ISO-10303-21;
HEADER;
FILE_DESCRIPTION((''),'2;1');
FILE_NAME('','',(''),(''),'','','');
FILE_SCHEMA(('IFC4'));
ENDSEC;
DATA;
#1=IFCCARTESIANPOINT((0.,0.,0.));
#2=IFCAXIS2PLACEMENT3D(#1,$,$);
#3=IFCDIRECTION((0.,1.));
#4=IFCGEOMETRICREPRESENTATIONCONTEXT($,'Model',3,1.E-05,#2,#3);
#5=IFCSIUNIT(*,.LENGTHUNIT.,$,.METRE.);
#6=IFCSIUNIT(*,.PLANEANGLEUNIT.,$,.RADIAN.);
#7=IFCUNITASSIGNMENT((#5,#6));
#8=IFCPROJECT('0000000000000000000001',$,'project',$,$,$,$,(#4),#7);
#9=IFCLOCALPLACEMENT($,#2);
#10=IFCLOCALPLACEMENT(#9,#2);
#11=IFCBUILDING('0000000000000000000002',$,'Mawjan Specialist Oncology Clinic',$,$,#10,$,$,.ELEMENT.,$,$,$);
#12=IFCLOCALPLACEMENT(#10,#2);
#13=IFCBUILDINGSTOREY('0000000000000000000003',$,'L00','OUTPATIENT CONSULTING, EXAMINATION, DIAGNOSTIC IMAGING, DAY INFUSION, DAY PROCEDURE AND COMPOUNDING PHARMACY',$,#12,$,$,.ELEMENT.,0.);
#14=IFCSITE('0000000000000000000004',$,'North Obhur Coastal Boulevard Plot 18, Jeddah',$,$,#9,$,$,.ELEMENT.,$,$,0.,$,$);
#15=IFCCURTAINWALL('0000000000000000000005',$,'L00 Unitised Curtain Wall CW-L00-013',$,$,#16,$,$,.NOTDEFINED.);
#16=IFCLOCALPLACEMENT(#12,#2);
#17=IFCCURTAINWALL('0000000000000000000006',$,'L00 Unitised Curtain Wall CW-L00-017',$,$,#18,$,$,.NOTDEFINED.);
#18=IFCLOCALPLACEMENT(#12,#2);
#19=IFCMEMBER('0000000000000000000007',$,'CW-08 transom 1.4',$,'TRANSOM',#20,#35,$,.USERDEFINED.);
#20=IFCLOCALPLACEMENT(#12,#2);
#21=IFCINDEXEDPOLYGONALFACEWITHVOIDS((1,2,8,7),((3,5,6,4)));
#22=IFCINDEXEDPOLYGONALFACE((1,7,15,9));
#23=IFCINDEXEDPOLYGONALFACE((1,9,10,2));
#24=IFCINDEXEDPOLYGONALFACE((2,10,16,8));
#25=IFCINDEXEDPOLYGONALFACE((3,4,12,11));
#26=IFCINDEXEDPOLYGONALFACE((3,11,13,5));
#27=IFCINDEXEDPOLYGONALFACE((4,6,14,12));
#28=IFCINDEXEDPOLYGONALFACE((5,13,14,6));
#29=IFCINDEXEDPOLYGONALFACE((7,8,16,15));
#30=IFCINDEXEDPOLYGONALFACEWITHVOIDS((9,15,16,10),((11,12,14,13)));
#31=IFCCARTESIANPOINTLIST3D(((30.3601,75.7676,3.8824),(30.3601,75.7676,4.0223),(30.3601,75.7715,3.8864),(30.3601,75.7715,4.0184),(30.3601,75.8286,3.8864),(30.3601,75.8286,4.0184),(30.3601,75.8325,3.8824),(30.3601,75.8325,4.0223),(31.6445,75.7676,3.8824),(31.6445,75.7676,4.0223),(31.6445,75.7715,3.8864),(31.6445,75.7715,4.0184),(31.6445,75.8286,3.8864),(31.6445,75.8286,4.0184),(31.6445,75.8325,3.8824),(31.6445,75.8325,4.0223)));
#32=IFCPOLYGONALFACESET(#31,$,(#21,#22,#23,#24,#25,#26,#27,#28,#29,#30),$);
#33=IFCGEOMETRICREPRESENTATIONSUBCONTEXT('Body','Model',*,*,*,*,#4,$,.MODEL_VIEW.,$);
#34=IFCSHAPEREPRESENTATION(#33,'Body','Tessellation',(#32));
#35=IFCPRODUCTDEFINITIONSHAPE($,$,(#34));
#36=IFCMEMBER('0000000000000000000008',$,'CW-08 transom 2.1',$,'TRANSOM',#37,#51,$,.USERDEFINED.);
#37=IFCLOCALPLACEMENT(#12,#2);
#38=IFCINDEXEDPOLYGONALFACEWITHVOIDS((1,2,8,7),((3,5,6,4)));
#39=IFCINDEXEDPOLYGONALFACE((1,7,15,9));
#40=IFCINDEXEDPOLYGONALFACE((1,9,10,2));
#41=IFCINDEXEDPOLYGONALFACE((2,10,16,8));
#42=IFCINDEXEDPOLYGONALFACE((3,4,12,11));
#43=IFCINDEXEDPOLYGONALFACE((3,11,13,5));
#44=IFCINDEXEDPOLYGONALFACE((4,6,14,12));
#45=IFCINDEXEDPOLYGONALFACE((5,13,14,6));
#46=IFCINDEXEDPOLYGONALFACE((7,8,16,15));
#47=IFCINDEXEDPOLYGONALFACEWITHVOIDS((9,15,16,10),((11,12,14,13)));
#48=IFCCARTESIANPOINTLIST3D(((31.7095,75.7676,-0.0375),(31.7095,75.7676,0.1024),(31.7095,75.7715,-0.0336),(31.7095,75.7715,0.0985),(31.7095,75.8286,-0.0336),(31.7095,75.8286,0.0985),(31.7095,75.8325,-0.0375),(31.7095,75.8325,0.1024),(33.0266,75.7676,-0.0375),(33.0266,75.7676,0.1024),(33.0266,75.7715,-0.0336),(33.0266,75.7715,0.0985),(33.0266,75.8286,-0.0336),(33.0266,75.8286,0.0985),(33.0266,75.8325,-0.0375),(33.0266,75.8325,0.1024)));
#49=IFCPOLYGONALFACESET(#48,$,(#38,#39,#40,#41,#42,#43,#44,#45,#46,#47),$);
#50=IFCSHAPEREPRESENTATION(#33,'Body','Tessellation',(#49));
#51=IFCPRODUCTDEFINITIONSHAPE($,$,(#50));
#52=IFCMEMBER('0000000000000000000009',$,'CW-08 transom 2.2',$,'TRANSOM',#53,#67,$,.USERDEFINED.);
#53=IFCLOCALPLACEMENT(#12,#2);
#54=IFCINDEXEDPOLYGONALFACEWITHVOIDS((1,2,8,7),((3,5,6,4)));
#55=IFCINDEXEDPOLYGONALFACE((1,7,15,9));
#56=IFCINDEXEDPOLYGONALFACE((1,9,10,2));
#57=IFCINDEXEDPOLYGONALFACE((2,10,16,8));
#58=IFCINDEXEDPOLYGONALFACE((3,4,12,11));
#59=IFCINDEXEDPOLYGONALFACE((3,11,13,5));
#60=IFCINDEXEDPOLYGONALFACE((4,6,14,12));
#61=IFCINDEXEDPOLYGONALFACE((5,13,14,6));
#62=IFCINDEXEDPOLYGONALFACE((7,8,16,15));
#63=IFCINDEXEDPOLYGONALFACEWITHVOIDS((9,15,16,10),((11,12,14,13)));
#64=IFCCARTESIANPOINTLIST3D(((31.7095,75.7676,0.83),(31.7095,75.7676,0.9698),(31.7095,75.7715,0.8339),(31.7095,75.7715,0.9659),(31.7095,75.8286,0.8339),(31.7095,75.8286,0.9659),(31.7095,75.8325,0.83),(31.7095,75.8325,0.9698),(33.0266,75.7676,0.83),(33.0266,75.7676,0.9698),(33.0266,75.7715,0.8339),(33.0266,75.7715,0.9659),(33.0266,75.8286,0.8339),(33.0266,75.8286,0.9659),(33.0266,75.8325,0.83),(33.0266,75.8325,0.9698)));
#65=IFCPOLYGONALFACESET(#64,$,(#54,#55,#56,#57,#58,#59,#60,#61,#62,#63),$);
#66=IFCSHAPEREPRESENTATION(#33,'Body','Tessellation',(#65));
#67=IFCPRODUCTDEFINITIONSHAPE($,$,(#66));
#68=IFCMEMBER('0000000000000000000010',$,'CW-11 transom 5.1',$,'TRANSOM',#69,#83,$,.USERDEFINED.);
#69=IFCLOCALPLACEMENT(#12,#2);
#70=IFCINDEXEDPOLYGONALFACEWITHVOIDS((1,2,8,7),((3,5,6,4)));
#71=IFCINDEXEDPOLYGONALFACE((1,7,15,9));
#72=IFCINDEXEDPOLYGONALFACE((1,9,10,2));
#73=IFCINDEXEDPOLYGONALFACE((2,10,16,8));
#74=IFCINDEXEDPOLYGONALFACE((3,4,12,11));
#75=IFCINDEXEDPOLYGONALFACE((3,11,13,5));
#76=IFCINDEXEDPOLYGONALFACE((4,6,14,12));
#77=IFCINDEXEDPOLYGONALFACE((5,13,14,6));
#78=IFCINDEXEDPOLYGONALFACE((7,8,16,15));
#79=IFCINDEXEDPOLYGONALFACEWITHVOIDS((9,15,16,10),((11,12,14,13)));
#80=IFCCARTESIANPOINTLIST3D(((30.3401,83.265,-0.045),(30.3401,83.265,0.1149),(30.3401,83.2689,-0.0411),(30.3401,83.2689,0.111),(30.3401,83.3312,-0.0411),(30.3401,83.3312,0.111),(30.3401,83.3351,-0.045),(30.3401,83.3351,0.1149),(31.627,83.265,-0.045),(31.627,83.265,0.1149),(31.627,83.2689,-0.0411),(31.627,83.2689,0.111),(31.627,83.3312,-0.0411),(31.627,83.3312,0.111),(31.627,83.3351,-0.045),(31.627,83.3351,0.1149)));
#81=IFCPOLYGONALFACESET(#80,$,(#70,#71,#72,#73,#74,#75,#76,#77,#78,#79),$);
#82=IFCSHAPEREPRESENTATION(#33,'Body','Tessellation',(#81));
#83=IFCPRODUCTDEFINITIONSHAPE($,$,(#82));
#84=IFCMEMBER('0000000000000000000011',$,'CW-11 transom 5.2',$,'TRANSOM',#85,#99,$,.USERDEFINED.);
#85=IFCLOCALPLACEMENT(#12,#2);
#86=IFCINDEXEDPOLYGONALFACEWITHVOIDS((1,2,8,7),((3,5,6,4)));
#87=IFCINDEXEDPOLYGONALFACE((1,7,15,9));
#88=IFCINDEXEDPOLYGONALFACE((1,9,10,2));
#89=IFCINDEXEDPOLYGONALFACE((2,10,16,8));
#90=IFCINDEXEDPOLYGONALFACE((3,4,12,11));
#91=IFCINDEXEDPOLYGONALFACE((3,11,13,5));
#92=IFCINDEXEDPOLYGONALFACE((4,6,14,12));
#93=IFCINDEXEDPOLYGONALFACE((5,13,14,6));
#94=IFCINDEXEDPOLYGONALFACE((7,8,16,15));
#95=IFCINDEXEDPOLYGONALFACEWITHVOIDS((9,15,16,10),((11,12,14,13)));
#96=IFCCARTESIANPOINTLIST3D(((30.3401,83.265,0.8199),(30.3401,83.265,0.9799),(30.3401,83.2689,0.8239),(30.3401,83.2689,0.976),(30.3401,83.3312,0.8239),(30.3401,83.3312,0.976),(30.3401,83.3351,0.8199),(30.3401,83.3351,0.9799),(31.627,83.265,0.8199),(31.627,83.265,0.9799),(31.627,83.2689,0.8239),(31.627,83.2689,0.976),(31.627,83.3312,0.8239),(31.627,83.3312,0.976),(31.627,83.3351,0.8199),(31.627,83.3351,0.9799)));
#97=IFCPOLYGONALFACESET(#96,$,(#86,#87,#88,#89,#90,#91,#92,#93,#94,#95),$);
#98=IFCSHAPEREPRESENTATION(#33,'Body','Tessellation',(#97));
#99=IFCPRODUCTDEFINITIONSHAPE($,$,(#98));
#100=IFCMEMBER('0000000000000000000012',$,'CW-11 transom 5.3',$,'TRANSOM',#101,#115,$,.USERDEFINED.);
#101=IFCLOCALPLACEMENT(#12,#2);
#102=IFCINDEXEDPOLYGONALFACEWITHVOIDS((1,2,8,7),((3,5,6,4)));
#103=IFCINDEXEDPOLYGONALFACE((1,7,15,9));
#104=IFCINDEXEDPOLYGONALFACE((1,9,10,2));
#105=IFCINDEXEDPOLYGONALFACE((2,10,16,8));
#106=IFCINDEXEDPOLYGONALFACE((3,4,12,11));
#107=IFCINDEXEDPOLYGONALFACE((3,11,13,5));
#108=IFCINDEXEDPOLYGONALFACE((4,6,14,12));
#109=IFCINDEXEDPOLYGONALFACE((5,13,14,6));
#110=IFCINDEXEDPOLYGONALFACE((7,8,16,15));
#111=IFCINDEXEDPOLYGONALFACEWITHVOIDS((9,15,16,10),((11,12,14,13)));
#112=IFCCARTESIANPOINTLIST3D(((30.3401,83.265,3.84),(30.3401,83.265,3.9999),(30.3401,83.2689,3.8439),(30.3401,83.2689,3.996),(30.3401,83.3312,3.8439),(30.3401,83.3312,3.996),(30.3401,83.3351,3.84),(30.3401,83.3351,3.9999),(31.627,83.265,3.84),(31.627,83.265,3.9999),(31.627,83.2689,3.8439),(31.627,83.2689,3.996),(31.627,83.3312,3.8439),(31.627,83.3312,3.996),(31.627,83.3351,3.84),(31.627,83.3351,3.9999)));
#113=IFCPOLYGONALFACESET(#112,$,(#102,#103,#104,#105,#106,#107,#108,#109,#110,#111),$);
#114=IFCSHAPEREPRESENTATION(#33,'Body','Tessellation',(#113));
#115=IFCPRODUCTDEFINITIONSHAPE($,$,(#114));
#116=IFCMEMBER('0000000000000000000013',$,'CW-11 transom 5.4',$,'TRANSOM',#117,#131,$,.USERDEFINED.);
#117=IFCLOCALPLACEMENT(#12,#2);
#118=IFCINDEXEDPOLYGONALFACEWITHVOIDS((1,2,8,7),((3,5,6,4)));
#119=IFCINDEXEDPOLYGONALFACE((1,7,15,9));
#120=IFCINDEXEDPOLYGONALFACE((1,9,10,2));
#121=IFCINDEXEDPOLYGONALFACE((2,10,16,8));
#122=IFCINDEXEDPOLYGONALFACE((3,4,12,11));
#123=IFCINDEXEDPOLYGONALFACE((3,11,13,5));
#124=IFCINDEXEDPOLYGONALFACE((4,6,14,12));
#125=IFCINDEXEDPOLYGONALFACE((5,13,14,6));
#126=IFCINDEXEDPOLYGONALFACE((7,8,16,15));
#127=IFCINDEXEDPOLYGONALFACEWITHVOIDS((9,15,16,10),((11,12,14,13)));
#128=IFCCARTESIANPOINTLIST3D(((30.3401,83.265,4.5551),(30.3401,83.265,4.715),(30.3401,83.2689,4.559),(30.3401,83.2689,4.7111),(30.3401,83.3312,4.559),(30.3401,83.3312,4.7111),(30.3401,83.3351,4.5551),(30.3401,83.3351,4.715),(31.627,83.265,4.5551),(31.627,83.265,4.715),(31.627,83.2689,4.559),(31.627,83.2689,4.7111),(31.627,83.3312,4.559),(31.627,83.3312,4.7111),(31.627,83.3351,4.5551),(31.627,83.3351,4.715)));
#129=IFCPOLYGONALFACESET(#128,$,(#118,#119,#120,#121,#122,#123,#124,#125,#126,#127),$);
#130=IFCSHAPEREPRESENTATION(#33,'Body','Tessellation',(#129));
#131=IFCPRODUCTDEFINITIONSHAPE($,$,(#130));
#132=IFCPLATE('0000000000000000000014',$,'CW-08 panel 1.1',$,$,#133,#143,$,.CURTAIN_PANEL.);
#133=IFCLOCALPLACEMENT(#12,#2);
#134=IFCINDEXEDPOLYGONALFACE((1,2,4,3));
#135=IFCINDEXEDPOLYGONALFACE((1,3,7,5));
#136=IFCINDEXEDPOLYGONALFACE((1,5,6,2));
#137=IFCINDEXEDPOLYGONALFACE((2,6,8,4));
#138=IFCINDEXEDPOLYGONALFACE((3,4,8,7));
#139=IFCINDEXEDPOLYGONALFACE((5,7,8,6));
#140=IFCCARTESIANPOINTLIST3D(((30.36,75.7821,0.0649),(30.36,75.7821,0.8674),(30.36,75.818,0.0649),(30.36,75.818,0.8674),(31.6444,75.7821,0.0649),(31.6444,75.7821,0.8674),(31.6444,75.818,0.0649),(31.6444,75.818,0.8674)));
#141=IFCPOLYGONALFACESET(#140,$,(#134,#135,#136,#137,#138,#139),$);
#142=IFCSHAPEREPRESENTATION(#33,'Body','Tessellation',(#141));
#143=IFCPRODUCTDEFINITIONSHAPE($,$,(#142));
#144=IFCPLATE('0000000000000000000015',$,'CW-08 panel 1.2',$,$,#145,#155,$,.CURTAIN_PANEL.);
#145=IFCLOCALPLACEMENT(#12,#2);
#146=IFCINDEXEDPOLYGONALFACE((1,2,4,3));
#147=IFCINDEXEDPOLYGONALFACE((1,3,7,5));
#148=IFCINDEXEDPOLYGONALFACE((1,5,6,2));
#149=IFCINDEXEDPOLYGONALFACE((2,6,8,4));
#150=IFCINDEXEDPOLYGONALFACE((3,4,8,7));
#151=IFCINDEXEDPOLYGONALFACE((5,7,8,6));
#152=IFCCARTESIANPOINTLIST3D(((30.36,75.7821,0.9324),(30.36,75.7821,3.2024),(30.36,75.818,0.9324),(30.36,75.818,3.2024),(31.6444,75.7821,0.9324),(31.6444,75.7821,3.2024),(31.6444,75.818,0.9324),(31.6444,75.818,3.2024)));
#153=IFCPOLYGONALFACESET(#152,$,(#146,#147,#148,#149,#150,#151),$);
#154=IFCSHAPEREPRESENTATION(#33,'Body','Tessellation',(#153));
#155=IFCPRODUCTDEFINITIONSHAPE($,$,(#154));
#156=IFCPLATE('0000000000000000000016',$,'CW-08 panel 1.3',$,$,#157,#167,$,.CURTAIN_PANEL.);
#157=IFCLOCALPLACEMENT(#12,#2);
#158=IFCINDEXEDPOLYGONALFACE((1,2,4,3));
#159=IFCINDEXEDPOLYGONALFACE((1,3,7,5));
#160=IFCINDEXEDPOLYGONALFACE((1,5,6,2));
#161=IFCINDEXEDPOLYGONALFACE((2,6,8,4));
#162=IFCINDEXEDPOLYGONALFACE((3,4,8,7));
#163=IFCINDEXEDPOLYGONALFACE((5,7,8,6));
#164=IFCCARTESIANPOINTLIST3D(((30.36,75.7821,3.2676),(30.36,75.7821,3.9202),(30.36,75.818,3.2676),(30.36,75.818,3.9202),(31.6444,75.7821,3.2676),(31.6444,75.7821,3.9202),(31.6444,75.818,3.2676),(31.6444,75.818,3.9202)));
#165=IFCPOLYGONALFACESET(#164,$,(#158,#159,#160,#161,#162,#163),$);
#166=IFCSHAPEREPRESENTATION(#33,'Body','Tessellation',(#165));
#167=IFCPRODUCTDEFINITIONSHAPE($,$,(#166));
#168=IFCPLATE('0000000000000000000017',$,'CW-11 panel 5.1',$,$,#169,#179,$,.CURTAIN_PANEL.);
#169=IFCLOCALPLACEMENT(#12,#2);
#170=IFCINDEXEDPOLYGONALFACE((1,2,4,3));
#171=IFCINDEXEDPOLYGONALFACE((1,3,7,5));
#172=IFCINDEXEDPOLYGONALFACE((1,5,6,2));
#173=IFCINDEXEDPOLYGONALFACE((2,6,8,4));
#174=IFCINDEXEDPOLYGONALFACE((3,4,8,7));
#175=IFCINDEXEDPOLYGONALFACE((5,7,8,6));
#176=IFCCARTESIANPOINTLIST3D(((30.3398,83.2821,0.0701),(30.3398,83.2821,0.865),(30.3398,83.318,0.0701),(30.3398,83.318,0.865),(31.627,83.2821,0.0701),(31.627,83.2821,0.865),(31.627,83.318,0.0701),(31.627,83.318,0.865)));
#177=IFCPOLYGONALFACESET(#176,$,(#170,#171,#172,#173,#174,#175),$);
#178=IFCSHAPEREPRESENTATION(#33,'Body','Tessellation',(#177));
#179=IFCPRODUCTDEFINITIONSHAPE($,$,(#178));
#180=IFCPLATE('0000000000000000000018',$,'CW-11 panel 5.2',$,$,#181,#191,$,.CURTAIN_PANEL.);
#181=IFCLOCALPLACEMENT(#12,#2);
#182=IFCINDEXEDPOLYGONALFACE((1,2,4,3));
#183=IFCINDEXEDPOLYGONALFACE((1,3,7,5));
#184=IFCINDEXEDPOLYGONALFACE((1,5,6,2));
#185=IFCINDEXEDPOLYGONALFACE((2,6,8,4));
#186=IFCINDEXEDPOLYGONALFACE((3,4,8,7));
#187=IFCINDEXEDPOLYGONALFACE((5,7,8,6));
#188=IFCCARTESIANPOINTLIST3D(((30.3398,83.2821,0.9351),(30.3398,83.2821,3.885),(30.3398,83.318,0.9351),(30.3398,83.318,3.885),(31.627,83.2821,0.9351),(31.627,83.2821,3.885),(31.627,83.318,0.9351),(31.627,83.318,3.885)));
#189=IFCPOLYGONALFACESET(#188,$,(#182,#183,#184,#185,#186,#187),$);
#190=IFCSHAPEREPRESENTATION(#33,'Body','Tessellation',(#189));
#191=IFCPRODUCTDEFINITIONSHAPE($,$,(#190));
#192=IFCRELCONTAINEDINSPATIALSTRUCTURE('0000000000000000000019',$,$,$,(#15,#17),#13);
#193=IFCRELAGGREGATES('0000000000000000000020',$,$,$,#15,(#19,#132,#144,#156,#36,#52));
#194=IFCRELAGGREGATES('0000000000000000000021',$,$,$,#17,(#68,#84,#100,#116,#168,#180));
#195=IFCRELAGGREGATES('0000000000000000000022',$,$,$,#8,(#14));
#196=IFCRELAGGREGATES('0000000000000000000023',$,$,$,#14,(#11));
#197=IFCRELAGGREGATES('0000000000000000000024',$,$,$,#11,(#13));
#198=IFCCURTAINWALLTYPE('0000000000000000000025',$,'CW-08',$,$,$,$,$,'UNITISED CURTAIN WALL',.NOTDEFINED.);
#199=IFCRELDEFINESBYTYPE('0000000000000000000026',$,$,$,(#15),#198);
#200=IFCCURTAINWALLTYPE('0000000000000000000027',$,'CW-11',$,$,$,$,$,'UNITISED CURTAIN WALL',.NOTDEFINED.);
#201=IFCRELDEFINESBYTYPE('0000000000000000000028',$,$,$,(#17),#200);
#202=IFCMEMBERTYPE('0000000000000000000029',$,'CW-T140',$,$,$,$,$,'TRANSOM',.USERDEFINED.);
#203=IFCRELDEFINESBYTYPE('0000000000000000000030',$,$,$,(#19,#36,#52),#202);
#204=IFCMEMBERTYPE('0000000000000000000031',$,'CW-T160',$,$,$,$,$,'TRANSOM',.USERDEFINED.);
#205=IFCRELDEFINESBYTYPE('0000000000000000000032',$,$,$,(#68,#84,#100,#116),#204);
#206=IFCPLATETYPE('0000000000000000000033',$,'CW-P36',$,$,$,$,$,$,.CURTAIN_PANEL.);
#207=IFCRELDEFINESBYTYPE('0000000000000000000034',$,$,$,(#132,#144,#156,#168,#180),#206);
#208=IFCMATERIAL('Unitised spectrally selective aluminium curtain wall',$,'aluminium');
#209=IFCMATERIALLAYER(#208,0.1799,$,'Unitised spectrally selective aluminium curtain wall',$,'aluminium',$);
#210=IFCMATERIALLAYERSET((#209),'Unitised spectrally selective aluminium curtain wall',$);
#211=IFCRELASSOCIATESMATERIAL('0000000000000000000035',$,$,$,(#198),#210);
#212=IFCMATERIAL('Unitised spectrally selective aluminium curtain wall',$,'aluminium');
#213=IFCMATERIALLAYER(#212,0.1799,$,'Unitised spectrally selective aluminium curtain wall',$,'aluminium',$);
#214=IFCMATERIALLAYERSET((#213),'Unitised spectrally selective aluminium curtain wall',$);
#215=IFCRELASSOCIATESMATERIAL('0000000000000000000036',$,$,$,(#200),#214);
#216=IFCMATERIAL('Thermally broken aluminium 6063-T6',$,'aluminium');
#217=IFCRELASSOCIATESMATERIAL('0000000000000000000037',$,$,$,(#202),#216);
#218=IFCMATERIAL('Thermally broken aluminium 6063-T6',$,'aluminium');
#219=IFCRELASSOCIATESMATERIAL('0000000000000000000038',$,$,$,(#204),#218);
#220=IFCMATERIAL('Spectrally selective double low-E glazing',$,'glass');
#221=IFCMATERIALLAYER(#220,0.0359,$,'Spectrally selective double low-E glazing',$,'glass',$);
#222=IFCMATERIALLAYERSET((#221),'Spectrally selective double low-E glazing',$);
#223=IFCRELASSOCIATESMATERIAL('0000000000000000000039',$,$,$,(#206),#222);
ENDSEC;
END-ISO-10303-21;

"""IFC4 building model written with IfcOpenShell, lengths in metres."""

from ifc_helpers import new_model, si_unit, direction, frame, origin, origin_2d, place, context, subcontext, project, spatial, rectangle, hollow_rectangle, extrude, material, layer, layer_set, material_profile, profile_set, type_object, element, aggregate, save


model = new_model("IFC4")

# Units and contexts
model_context = context("Model", 3, precision=1e-05, world=origin(), true_north=direction((0.0, 1.0)))
body_context = subcontext(model_context, "Body", "Model", "MODEL_VIEW")
ifc_project = project(units=[si_unit("LENGTHUNIT", "METRE"), si_unit("PLANEANGLEUNIT", "RADIAN")], contexts=[model_context])

# Site, building, storey
site_placement = place(None, origin())
site = spatial("IfcSite", under=ifc_project, at=site_placement, Name="North Obhur Coastal Boulevard Plot 18, Jeddah", CompositionType="ELEMENT", RefElevation=0.0)
building_placement = place(site_placement, origin())
building = spatial("IfcBuilding", under=site, at=building_placement, Name="Mawjan Specialist Oncology Clinic", CompositionType="ELEMENT")
storey_placement = place(building_placement, origin())
storey = spatial("IfcBuildingStorey", under=building, at=storey_placement, Name="L00", Description="OUTPATIENT CONSULTING, EXAMINATION, DIAGNOSTIC IMAGING, DAY INFUSION, DAY PROCEDURE AND COMPOUNDING PHARMACY", CompositionType="ELEMENT", Elevation=0.0)

# Curtain walls
ifc_material_1 = material(Name="Unitised spectrally selective aluminium curtain wall", Category="aluminium")
ifc_layer_1 = layer(ifc_material_1, 0.1799, Name="Unitised spectrally selective aluminium curtain wall", Category="aluminium")
ifc_layer_set_1 = layer_set([ifc_layer_1], Name="Unitised spectrally selective aluminium curtain wall")
curtain_wall_type_1 = type_object("IfcCurtainWallType", Name="CW-08", ElementType="UNITISED CURTAIN WALL", PredefinedType="NOTDEFINED", material=ifc_layer_set_1)
curtain_wall_1_placement = place(storey_placement, origin())
curtain_wall_1 = element("IfcCurtainWall", 1, at=curtain_wall_1_placement, inside=storey, type_object=curtain_wall_type_1, Name="L00 Unitised Curtain Wall CW-L00-013", PredefinedType="NOTDEFINED")
ifc_material_2 = material(Name="Unitised spectrally selective aluminium curtain wall", Category="aluminium")
ifc_layer_2 = layer(ifc_material_2, 0.1799, Name="Unitised spectrally selective aluminium curtain wall", Category="aluminium")
ifc_layer_set_2 = layer_set([ifc_layer_2], Name="Unitised spectrally selective aluminium curtain wall")
curtain_wall_type_2 = type_object("IfcCurtainWallType", Name="CW-11", ElementType="UNITISED CURTAIN WALL", PredefinedType="NOTDEFINED", material=ifc_layer_set_2)
curtain_wall_2_placement = place(storey_placement, origin())
curtain_wall_2 = element("IfcCurtainWall", 2, at=curtain_wall_2_placement, inside=storey, type_object=curtain_wall_type_2, Name="L00 Unitised Curtain Wall CW-L00-017", PredefinedType="NOTDEFINED")

# Members
ifc_material_3 = material(Name="Thermally broken aluminium 6063-T6", Category="aluminium")
ifc_material_profile_1 = material_profile(ifc_material_3, hollow_rectangle(XDim=0.0649, YDim=0.1399, WallThickness=0.0039, at=origin_2d()), Name="ALU TRANSOM 140x65x4", Category="aluminium")
ifc_profile_set_1 = profile_set([ifc_material_profile_1], Name="Thermally broken aluminium 6063-T6")
member_type_1 = type_object("IfcMemberType", Name="CW-T140", ElementType="TRANSOM", PredefinedType="USERDEFINED", material=ifc_profile_set_1)
member_1_placement = place(storey_placement, frame((30.3601, 75.8, 3.9524), z_axis=(1.0, 0.0, 0.0), x_axis=(0.0, 1.0, 0.0)))
member_1 = element("IfcMember", 3, at=member_1_placement, type_object=member_type_1, Name="CW-08 transom 1.4", ObjectType="TRANSOM", PredefinedType="USERDEFINED", context=body_context, shape_type="SweptSolid", body=[
    extrude(hollow_rectangle(XDim=0.0649, YDim=0.1399, WallThickness=0.0039, at=origin_2d()), origin(), (0.0, 0.0, 1.0), 1.2844),
])
member_2_placement = place(storey_placement, frame((31.7095, 75.8, 0.0325), z_axis=(1.0, 0.0, 0.0), x_axis=(0.0, 1.0, 0.0)))
member_2 = element("IfcMember", 4, at=member_2_placement, type_object=member_type_1, Name="CW-08 transom 2.1", ObjectType="TRANSOM", PredefinedType="USERDEFINED", context=body_context, shape_type="SweptSolid", body=[
    extrude(hollow_rectangle(XDim=0.0649, YDim=0.1399, WallThickness=0.0039, at=origin_2d()), origin(), (0.0, 0.0, 1.0), 1.3171),
])
member_3_placement = place(storey_placement, frame((31.7095, 75.8, 0.8999), z_axis=(1.0, 0.0, 0.0), x_axis=(0.0, 1.0, 0.0)))
member_3 = element("IfcMember", 5, at=member_3_placement, type_object=member_type_1, Name="CW-08 transom 2.2", ObjectType="TRANSOM", PredefinedType="USERDEFINED", context=body_context, shape_type="SweptSolid", body=[
    extrude(hollow_rectangle(XDim=0.0649, YDim=0.1399, WallThickness=0.0039, at=origin_2d()), origin(), (0.0, 0.0, 1.0), 1.3171),
])
ifc_material_4 = material(Name="Thermally broken aluminium 6063-T6", Category="aluminium")
ifc_material_profile_2 = material_profile(ifc_material_4, hollow_rectangle(XDim=0.0701, YDim=0.1599, WallThickness=0.0039, at=origin_2d()), Name="ALU TRANSOM 160x70x4", Category="aluminium")
ifc_profile_set_2 = profile_set([ifc_material_profile_2], Name="Thermally broken aluminium 6063-T6")
member_type_2 = type_object("IfcMemberType", Name="CW-T160", ElementType="TRANSOM", PredefinedType="USERDEFINED", material=ifc_profile_set_2)
member_4_placement = place(storey_placement, frame((31.627, 83.3, 0.0349), z_axis=(-1.0, 0.0, 0.0), x_axis=(0.0, -1.0, 0.0)))
member_4 = element("IfcMember", 6, at=member_4_placement, type_object=member_type_2, Name="CW-11 transom 5.1", ObjectType="TRANSOM", PredefinedType="USERDEFINED", context=body_context, shape_type="SweptSolid", body=[
    extrude(hollow_rectangle(XDim=0.0701, YDim=0.1599, WallThickness=0.0039, at=origin_2d()), origin(), (0.0, 0.0, 1.0), 1.2869),
])
member_5_placement = place(storey_placement, frame((31.627, 83.3, 0.8999), z_axis=(-1.0, 0.0, 0.0), x_axis=(0.0, -1.0, 0.0)))
member_5 = element("IfcMember", 7, at=member_5_placement, type_object=member_type_2, Name="CW-11 transom 5.2", ObjectType="TRANSOM", PredefinedType="USERDEFINED", context=body_context, shape_type="SweptSolid", body=[
    extrude(hollow_rectangle(XDim=0.0701, YDim=0.1599, WallThickness=0.0039, at=origin_2d()), origin(), (0.0, 0.0, 1.0), 1.2869),
])
member_6_placement = place(storey_placement, frame((31.627, 83.3, 3.9199), z_axis=(-1.0, 0.0, 0.0), x_axis=(0.0, -1.0, 0.0)))
member_6 = element("IfcMember", 8, at=member_6_placement, type_object=member_type_2, Name="CW-11 transom 5.3", ObjectType="TRANSOM", PredefinedType="USERDEFINED", context=body_context, shape_type="SweptSolid", body=[
    extrude(hollow_rectangle(XDim=0.0701, YDim=0.1599, WallThickness=0.0039, at=origin_2d()), origin(), (0.0, 0.0, 1.0), 1.2869),
])
member_7_placement = place(storey_placement, frame((31.627, 83.3, 4.635), z_axis=(-1.0, 0.0, 0.0), x_axis=(0.0, -1.0, 0.0)))
member_7 = element("IfcMember", 9, at=member_7_placement, type_object=member_type_2, Name="CW-11 transom 5.4", ObjectType="TRANSOM", PredefinedType="USERDEFINED", context=body_context, shape_type="SweptSolid", body=[
    extrude(hollow_rectangle(XDim=0.0701, YDim=0.1599, WallThickness=0.0039, at=origin_2d()), origin(), (0.0, 0.0, 1.0), 1.2869),
])

# Plates
ifc_material_5 = material(Name="Spectrally selective double low-E glazing", Category="glass")
ifc_layer_3 = layer(ifc_material_5, 0.0359, Name="Spectrally selective double low-E glazing", Category="glass")
ifc_layer_set_3 = layer_set([ifc_layer_3], Name="Spectrally selective double low-E glazing")
plate_type = type_object("IfcPlateType", Name="CW-P36", PredefinedType="CURTAIN_PANEL", material=ifc_layer_set_3)
plate_1_placement = place(storey_placement, frame((31.0022, 75.8, 0.0649), z_axis=(0.0, 0.0, 1.0), x_axis=(1.0, 0.0, 0.0)))
plate_1 = element("IfcPlate", 10, at=plate_1_placement, type_object=plate_type, Name="CW-08 panel 1.1", PredefinedType="CURTAIN_PANEL", context=body_context, shape_type="SweptSolid", body=[
    extrude(rectangle(XDim=1.2844, YDim=0.0359, at=origin_2d()), origin(), (0.0, 0.0, 1.0), 0.8025),
])
plate_2_placement = place(storey_placement, frame((31.0022, 75.8, 0.9324), z_axis=(0.0, 0.0, 1.0), x_axis=(1.0, 0.0, 0.0)))
plate_2 = element("IfcPlate", 11, at=plate_2_placement, type_object=plate_type, Name="CW-08 panel 1.2", PredefinedType="CURTAIN_PANEL", context=body_context, shape_type="SweptSolid", body=[
    extrude(rectangle(XDim=1.2844, YDim=0.0359, at=origin_2d()), origin(), (0.0, 0.0, 1.0), 2.27),
])
plate_3_placement = place(storey_placement, frame((31.0022, 75.8, 3.2676), z_axis=(0.0, 0.0, 1.0), x_axis=(1.0, 0.0, 0.0)))
plate_3 = element("IfcPlate", 12, at=plate_3_placement, type_object=plate_type, Name="CW-08 panel 1.3", PredefinedType="CURTAIN_PANEL", context=body_context, shape_type="SweptSolid", body=[
    extrude(rectangle(XDim=1.2844, YDim=0.0359, at=origin_2d()), origin(), (0.0, 0.0, 1.0), 0.6526),
])
aggregate(curtain_wall_1, [member_1, plate_1, plate_2, plate_3, member_2, member_3])
plate_4_placement = place(storey_placement, frame((30.9834, 83.3, 0.0701), z_axis=(0.0, 0.0, 1.0), x_axis=(-1.0, 0.0, 0.0)))
plate_4 = element("IfcPlate", 13, at=plate_4_placement, type_object=plate_type, Name="CW-11 panel 5.1", PredefinedType="CURTAIN_PANEL", context=body_context, shape_type="SweptSolid", body=[
    extrude(rectangle(XDim=1.2871, YDim=0.0359, at=origin_2d()), origin(), (0.0, 0.0, 1.0), 0.7949),
])
plate_5_placement = place(storey_placement, frame((30.9834, 83.3, 0.9351), z_axis=(0.0, 0.0, 1.0), x_axis=(-1.0, 0.0, 0.0)))
plate_5 = element("IfcPlate", 14, at=plate_5_placement, type_object=plate_type, Name="CW-11 panel 5.2", PredefinedType="CURTAIN_PANEL", context=body_context, shape_type="SweptSolid", body=[
    extrude(rectangle(XDim=1.2871, YDim=0.0359, at=origin_2d()), origin(), (0.0, 0.0, 1.0), 2.95),
])
aggregate(curtain_wall_2, [member_4, member_5, member_6, member_7, plate_4, plate_5])

save(model, "model.ifc")
